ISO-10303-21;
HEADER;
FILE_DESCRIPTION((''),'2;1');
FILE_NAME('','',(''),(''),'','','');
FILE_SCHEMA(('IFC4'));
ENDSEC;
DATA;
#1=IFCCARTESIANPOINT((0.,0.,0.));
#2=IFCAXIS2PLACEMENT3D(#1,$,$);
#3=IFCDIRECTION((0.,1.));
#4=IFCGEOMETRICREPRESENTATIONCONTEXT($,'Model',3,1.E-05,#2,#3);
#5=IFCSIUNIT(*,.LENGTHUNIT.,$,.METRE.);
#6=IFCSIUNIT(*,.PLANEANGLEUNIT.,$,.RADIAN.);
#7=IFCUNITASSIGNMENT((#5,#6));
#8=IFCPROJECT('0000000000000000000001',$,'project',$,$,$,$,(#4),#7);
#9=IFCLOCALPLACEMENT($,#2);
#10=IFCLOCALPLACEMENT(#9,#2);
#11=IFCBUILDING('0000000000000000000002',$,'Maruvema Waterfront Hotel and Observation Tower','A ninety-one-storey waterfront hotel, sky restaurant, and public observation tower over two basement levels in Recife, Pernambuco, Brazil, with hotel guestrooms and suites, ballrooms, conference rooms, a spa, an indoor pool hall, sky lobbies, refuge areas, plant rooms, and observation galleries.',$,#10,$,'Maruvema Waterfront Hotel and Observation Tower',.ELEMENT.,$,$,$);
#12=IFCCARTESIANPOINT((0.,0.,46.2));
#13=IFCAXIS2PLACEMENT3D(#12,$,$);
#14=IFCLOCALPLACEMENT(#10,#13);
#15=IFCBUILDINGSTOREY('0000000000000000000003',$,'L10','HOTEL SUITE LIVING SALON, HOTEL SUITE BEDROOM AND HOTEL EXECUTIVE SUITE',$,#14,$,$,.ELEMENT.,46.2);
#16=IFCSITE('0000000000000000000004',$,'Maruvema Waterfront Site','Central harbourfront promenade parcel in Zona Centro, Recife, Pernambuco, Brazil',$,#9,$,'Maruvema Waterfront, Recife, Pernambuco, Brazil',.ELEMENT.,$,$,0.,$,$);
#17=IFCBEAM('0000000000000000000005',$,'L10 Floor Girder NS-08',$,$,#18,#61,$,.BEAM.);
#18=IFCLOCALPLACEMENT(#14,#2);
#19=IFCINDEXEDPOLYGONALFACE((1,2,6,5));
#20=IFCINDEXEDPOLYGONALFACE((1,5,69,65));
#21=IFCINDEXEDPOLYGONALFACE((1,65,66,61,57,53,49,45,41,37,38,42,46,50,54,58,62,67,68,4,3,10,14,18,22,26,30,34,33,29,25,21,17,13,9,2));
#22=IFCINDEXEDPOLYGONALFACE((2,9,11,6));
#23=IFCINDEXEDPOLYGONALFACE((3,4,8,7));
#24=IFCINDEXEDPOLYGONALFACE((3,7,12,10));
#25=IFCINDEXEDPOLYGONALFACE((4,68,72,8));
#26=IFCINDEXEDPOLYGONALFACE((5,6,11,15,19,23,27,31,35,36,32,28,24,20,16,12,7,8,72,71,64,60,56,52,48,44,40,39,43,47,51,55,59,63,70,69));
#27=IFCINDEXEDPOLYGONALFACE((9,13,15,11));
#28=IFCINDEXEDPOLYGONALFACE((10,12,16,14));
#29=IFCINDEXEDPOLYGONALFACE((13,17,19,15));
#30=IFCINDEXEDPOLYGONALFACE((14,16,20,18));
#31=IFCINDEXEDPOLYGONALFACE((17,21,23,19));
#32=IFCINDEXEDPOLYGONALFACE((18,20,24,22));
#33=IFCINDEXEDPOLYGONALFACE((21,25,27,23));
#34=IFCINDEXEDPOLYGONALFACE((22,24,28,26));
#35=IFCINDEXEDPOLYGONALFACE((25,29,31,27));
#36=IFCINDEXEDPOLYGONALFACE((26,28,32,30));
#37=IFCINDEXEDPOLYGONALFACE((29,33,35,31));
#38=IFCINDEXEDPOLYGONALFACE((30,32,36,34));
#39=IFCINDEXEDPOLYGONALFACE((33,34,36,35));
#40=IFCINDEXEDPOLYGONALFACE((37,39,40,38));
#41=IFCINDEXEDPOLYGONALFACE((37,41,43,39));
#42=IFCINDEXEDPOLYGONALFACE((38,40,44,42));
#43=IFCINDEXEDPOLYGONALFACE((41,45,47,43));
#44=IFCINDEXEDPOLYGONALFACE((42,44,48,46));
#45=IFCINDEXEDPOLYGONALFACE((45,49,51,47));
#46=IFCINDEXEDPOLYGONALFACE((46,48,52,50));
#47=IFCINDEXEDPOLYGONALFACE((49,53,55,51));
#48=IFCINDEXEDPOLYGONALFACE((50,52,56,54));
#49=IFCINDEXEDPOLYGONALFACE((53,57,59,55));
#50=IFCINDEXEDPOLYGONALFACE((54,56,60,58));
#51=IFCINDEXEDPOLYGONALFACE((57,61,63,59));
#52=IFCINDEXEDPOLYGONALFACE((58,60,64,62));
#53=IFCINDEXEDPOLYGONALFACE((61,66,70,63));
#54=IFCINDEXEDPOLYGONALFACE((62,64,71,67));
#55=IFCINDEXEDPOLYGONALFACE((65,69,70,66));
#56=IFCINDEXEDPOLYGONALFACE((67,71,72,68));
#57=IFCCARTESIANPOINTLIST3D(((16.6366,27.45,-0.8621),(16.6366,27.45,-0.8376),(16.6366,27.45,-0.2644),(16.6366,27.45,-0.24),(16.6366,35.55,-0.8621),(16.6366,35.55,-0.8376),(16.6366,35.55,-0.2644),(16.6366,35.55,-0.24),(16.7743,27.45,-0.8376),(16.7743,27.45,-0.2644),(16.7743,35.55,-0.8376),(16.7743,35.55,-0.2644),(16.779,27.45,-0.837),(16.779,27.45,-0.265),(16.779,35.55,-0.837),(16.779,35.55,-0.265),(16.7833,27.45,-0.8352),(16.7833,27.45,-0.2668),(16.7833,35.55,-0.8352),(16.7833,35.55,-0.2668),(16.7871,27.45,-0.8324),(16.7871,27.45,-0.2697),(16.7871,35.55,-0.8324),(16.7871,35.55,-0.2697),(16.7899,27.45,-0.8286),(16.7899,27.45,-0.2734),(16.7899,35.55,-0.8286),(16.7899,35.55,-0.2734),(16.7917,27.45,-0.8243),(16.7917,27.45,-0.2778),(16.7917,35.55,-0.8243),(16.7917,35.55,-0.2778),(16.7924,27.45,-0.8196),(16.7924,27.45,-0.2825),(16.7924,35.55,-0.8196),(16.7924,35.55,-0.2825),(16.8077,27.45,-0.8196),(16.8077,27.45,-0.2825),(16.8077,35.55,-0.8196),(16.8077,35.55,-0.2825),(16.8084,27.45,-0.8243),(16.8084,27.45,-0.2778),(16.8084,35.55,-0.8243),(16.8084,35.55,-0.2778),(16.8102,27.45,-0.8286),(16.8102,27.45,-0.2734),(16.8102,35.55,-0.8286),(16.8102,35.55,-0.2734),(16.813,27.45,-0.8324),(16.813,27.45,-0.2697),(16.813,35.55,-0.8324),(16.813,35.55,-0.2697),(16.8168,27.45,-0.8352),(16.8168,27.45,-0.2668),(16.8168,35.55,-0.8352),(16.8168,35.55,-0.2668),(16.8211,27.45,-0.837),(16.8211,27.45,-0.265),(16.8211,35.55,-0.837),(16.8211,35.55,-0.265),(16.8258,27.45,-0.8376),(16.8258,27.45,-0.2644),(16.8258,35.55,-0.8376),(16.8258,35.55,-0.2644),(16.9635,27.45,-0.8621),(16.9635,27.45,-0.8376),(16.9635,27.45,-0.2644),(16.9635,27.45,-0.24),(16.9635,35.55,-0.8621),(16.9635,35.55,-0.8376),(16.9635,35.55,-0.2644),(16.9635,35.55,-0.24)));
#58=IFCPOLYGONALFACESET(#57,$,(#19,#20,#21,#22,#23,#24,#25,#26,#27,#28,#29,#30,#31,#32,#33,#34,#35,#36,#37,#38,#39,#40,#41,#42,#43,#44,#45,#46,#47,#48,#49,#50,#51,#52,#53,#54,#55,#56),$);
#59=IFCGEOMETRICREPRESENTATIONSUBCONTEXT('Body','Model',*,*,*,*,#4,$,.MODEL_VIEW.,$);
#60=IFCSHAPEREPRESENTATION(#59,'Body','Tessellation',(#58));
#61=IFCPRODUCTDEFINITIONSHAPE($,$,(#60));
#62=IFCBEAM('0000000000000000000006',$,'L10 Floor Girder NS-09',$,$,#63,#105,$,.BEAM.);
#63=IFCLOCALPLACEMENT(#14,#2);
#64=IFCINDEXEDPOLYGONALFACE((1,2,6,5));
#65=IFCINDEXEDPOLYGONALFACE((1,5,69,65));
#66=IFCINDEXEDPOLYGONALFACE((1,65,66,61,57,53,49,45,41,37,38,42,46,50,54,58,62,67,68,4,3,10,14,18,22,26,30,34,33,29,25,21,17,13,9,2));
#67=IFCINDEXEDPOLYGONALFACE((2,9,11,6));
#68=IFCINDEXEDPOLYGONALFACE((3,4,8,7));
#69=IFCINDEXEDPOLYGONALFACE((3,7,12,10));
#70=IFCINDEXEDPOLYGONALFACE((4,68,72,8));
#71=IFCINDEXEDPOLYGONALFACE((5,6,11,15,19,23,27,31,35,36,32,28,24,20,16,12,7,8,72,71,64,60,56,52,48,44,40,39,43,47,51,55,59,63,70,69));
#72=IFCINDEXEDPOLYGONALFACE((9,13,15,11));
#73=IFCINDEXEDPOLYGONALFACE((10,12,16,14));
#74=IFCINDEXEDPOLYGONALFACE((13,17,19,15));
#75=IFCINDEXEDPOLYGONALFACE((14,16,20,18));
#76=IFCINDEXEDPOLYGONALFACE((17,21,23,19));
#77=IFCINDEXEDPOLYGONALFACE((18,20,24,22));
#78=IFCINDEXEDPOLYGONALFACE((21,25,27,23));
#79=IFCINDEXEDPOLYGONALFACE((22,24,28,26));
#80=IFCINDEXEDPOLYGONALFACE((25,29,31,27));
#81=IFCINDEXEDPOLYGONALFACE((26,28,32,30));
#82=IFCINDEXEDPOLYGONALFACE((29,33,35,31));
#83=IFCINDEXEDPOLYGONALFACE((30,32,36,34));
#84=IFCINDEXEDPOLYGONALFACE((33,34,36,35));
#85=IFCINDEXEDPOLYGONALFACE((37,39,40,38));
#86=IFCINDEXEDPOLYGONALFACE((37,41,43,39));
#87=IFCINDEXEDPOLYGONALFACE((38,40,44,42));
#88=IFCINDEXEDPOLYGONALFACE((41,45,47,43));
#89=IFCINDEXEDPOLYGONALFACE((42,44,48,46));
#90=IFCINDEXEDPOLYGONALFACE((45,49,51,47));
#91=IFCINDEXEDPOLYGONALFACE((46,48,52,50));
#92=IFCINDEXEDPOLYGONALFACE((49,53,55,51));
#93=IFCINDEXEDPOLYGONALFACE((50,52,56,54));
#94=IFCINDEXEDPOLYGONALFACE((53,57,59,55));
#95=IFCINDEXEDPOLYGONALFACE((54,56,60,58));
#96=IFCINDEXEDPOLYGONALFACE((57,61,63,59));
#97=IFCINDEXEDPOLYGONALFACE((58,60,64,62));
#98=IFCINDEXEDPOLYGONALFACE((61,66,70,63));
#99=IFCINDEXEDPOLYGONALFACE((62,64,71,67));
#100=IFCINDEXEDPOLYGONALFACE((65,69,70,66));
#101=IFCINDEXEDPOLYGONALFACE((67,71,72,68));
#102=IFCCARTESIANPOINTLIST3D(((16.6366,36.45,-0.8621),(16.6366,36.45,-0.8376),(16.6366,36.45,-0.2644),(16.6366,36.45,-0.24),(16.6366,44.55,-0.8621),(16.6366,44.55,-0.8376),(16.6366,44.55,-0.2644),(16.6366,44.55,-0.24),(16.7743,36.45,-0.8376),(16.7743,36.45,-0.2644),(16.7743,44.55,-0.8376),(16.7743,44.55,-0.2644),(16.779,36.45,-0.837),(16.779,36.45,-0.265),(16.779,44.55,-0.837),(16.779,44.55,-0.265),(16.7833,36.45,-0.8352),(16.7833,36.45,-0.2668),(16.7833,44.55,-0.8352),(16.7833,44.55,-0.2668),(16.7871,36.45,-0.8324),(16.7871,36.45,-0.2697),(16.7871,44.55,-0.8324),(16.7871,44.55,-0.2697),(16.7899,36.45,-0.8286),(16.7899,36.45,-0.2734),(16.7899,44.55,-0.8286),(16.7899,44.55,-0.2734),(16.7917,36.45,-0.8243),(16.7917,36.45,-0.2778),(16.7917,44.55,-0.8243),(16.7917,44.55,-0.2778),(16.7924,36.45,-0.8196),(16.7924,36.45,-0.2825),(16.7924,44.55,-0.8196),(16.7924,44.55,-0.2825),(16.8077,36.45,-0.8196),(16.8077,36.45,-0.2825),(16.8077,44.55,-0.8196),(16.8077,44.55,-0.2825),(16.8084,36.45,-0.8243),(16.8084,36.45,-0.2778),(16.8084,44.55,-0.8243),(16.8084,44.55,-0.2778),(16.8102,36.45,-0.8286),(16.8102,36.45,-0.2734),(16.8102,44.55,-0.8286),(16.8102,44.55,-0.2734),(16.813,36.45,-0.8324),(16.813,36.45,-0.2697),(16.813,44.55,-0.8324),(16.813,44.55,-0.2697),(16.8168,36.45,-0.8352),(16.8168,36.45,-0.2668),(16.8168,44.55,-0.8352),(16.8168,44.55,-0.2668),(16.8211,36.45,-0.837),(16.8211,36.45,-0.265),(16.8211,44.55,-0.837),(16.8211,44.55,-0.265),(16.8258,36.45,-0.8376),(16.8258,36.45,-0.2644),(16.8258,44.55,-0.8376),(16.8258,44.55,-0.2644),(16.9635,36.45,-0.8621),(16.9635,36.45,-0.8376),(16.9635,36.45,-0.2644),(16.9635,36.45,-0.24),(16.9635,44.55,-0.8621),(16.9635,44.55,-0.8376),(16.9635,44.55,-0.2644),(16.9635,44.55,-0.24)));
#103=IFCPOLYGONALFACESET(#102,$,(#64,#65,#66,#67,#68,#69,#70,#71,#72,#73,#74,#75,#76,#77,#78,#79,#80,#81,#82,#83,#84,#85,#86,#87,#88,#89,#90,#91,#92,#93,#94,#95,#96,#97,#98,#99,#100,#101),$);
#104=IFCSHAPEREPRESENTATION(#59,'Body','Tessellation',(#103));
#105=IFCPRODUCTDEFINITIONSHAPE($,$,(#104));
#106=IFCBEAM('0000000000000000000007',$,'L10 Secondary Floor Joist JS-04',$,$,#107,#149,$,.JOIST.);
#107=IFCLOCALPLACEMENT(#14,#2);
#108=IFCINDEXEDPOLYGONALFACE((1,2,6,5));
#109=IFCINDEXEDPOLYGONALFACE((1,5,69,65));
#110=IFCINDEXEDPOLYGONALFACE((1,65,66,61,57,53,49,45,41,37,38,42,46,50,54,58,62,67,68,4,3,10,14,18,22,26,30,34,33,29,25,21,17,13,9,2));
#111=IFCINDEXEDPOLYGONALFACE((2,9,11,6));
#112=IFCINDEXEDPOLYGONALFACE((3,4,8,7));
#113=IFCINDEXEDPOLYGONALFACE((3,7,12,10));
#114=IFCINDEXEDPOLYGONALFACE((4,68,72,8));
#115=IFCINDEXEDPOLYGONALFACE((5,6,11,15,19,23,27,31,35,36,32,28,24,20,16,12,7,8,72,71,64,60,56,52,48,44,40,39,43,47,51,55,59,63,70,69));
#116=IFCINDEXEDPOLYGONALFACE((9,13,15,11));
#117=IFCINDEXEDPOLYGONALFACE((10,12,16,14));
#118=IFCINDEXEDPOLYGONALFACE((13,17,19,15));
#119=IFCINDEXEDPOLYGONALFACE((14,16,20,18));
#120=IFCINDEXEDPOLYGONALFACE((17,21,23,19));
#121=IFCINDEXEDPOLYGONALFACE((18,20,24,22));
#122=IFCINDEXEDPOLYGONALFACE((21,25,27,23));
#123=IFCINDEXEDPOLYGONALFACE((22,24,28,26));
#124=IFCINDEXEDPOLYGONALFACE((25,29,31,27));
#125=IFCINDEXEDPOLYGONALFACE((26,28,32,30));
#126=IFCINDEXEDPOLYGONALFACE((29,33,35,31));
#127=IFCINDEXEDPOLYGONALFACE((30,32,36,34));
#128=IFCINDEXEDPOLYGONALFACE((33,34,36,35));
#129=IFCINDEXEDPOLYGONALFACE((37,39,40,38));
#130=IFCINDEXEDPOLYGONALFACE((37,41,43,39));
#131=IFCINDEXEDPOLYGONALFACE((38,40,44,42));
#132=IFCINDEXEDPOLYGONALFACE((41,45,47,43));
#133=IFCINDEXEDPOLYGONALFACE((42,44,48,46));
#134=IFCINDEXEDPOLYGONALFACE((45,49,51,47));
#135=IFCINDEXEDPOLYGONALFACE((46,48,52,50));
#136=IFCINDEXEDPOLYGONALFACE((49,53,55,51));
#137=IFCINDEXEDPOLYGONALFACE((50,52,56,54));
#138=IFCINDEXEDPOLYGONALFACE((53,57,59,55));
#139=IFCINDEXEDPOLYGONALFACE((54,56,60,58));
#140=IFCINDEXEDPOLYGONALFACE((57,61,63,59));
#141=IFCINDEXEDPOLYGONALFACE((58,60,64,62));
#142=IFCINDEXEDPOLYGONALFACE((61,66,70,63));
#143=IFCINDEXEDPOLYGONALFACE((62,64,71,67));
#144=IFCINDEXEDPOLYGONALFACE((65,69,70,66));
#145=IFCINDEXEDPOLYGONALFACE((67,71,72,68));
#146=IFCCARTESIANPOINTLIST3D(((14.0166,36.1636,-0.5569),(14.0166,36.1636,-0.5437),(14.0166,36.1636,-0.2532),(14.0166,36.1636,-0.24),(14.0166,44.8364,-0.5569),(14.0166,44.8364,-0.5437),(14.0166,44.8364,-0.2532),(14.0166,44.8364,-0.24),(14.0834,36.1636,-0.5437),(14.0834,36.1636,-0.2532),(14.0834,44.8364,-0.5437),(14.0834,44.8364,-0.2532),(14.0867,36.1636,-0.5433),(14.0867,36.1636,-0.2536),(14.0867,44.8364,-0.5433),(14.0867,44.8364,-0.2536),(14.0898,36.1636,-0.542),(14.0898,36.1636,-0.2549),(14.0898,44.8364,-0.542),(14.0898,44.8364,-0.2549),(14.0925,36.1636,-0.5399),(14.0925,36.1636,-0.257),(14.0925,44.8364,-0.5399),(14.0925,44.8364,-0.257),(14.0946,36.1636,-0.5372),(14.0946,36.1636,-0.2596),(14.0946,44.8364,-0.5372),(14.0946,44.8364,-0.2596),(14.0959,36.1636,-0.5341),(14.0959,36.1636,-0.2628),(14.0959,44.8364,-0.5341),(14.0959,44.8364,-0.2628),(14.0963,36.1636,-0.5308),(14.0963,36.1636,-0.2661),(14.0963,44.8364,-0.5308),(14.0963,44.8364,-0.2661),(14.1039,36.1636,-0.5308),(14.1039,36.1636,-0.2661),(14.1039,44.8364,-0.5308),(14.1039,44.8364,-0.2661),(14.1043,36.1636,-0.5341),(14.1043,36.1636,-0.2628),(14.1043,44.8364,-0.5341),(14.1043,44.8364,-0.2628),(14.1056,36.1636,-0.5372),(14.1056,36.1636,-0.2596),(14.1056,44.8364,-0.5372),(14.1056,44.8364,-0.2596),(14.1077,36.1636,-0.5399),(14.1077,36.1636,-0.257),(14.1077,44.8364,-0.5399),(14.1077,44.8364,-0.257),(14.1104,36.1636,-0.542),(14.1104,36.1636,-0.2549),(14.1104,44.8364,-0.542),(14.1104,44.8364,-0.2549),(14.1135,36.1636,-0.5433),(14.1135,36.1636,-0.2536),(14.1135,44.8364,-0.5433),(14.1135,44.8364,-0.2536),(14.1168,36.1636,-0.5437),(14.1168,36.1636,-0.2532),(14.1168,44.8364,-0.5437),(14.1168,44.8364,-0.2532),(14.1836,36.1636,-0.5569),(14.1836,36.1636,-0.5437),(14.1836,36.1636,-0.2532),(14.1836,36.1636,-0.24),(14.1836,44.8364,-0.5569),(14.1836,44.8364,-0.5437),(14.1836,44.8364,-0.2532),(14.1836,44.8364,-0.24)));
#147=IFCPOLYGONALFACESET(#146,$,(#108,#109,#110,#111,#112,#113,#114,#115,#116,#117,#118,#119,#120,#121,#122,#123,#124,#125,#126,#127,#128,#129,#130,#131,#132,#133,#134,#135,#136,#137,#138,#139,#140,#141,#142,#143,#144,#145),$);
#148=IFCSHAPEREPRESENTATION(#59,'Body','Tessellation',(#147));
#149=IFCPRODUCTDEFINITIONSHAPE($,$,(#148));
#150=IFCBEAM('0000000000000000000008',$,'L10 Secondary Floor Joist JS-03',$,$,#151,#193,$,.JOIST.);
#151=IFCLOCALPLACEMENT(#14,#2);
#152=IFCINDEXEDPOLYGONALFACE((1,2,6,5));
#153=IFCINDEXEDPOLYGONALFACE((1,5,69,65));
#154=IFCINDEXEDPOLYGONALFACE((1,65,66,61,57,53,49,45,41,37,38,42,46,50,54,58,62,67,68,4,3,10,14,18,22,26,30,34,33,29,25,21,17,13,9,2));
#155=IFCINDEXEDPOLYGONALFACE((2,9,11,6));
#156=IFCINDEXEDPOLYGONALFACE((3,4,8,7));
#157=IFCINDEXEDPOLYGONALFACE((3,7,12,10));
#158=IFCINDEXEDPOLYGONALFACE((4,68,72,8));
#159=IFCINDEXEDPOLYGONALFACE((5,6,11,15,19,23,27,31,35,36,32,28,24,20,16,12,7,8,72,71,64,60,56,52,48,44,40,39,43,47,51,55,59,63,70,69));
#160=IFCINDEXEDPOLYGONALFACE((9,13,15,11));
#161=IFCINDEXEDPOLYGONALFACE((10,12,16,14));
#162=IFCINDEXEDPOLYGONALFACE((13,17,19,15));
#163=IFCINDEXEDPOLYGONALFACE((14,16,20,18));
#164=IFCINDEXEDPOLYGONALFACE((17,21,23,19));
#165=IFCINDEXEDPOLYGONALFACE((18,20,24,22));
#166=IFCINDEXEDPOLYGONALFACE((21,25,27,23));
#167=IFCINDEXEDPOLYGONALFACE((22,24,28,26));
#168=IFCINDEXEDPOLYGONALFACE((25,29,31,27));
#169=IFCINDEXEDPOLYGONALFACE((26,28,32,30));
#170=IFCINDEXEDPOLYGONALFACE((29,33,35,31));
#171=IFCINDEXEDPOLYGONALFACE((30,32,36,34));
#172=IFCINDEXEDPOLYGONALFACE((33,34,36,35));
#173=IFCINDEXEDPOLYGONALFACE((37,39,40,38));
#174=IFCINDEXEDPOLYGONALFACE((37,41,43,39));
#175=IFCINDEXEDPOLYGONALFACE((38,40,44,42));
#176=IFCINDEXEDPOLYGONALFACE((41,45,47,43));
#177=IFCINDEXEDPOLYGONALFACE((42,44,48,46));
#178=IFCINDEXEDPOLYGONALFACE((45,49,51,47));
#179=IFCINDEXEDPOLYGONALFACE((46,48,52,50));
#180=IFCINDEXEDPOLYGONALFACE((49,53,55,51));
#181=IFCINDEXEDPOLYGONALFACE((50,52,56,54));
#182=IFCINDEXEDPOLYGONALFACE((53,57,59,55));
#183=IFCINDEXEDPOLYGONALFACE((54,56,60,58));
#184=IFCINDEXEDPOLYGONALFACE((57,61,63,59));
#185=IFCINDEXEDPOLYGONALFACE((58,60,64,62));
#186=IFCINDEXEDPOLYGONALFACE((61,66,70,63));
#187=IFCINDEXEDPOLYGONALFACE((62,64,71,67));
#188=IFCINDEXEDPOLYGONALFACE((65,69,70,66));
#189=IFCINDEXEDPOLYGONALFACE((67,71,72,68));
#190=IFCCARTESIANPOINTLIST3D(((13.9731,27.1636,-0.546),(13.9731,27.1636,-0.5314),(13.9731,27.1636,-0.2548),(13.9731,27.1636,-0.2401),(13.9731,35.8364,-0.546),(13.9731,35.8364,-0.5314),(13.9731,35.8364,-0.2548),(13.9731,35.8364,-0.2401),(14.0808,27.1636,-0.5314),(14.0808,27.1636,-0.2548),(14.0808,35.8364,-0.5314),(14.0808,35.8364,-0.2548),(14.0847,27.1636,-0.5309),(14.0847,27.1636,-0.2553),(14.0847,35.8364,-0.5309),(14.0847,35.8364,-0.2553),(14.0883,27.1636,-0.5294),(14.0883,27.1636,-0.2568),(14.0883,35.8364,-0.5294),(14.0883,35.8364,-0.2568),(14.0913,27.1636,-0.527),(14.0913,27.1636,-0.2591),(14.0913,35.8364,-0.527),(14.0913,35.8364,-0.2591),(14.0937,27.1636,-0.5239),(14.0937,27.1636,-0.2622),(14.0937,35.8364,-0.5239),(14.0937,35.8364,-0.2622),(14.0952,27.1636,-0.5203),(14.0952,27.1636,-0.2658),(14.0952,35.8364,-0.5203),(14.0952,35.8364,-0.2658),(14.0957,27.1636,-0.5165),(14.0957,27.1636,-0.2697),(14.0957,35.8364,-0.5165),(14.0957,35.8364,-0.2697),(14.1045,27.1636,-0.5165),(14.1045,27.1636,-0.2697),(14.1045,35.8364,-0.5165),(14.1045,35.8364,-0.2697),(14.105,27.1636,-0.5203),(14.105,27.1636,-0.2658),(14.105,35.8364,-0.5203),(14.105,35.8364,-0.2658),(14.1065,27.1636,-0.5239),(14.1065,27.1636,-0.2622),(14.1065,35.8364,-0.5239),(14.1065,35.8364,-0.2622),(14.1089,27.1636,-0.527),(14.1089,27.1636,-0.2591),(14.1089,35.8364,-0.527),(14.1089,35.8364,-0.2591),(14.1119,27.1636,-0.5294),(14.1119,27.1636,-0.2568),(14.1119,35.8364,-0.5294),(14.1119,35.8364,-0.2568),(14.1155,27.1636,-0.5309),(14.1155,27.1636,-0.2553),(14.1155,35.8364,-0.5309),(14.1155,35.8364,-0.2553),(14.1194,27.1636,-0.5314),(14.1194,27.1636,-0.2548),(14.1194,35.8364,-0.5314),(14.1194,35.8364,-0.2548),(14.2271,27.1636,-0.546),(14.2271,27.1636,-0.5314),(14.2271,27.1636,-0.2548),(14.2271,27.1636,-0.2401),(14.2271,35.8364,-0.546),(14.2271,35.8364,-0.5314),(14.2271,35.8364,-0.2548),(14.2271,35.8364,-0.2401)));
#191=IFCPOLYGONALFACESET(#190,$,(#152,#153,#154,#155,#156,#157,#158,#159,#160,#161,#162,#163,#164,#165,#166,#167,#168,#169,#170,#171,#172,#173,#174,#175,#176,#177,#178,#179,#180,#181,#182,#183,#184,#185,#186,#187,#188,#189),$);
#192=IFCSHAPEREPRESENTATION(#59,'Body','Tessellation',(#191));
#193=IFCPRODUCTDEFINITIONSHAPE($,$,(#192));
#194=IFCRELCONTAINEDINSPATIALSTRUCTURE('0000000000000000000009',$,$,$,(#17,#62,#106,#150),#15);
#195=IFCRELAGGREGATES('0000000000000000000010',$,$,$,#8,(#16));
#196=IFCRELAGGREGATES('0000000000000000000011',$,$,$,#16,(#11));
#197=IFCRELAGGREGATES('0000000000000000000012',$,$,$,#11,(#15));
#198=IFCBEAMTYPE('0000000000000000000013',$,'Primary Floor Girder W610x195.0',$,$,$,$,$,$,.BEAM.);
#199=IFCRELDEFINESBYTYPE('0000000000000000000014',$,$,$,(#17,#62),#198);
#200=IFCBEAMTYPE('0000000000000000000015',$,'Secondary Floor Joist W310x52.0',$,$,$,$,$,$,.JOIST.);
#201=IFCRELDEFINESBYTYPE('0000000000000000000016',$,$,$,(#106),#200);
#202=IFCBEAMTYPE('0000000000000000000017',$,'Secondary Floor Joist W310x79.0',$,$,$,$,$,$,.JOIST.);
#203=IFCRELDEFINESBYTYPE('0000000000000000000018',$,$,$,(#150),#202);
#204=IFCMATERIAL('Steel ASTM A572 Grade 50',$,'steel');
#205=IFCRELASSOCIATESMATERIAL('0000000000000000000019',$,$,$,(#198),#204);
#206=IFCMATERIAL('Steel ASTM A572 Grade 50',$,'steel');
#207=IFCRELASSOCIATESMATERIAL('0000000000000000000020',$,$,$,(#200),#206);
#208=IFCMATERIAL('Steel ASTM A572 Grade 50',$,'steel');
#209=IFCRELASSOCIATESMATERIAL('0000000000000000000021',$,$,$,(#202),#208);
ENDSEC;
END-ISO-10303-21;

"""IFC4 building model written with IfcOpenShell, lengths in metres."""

from ifc_helpers import new_model, si_unit, direction, frame, origin, origin_2d, place, context, subcontext, project, spatial, i_section, extrude, material, material_profile, profile_set, type_object, element, save


model = new_model("IFC4")

# Units and contexts
model_context = context("Model", 3, precision=1e-05, world=origin(), true_north=direction((0.0, 1.0)))
body_context = subcontext(model_context, "Body", "Model", "MODEL_VIEW")
ifc_project = project(units=[si_unit("LENGTHUNIT", "METRE"), si_unit("PLANEANGLEUNIT", "RADIAN")], contexts=[model_context])

# Site, building, storey
site_placement = place(None, origin())
site = spatial("IfcSite", under=ifc_project, at=site_placement, Name="Maruvema Waterfront Site", Description="Central harbourfront promenade parcel in Zona Centro, Recife, Pernambuco, Brazil", LongName="Maruvema Waterfront, Recife, Pernambuco, Brazil", CompositionType="ELEMENT", RefElevation=0.0)
building_placement = place(site_placement, origin())
building = spatial("IfcBuilding", under=site, at=building_placement, Name="Maruvema Waterfront Hotel and Observation Tower", Description="A ninety-one-storey waterfront hotel, sky restaurant, and public observation tower over two basement levels in Recife, Pernambuco, Brazil, with hotel guestrooms and suites, ballrooms, conference rooms, a spa, an indoor pool hall, sky lobbies, refuge areas, plant rooms, and observation galleries.", LongName="Maruvema Waterfront Hotel and Observation Tower", CompositionType="ELEMENT")
storey_placement = place(building_placement, frame((0.0, 0.0, 46.2)))
storey = spatial("IfcBuildingStorey", under=building, at=storey_placement, Name="L10", Description="HOTEL SUITE LIVING SALON, HOTEL SUITE BEDROOM AND HOTEL EXECUTIVE SUITE", CompositionType="ELEMENT", Elevation=46.2)

# Beams
ifc_material_1 = material(Name="Steel ASTM A572 Grade 50", Category="steel")
ifc_material_profile_1 = material_profile(ifc_material_1, i_section(OverallWidth=0.3269, OverallDepth=0.6221, WebThickness=0.0154, FlangeThickness=0.0244, FilletRadius=0.0181, at=origin_2d()), Name="W610x195.0")
ifc_profile_set_1 = profile_set([ifc_material_profile_1], Name="Steel ASTM A572 Grade 50")
beam_type_1 = type_object("IfcBeamType", Name="Primary Floor Girder W610x195.0", PredefinedType="BEAM", material=ifc_profile_set_1)
for number, where, z_axis, x_axis, name in (
    (1, (16.8, 27.45, -0.551), (0.0, 1.0, 0.0), (-1.0, 0.0, 0.0), "L10 Floor Girder NS-08"),
    (2, (16.8, 36.45, -0.551), (0.0, 1.0, 0.0), (-1.0, 0.0, 0.0), "L10 Floor Girder NS-09"),
):
    element("IfcBeam", number, at=place(storey_placement, frame(where, z_axis=z_axis, x_axis=x_axis)), inside=storey, type_object=beam_type_1, Name=name, PredefinedType="BEAM", context=body_context, shape_type="SweptSolid", body=[
        extrude(i_section(OverallWidth=0.3269, OverallDepth=0.6221, WebThickness=0.0154, FlangeThickness=0.0244, FilletRadius=0.0181, at=origin_2d()), origin(), (0.0, 0.0, 1.0), 8.1001),
    ])
ifc_material_2 = material(Name="Steel ASTM A572 Grade 50", Category="steel")
ifc_material_profile_2 = material_profile(ifc_material_2, i_section(OverallWidth=0.167, OverallDepth=0.3169, WebThickness=0.0076, FlangeThickness=0.0132, FilletRadius=0.0129, at=origin_2d()), Name="W310x52.0")
ifc_profile_set_2 = profile_set([ifc_material_profile_2], Name="Steel ASTM A572 Grade 50")
beam_type_2 = type_object("IfcBeamType", Name="Secondary Floor Joist W310x52.0", PredefinedType="JOIST", material=ifc_profile_set_2)
beam_1_placement = place(storey_placement, frame((14.1001, 36.1636, -0.3984), z_axis=(0.0, 1.0, 0.0), x_axis=(-1.0, 0.0, 0.0)))
element("IfcBeam", 3, at=beam_1_placement, inside=storey, type_object=beam_type_2, Name="L10 Secondary Floor Joist JS-04", PredefinedType="JOIST", context=body_context, shape_type="SweptSolid", body=[
    extrude(i_section(OverallWidth=0.167, OverallDepth=0.3169, WebThickness=0.0076, FlangeThickness=0.0132, FilletRadius=0.0129, at=origin_2d()), origin(), (0.0, 0.0, 1.0), 8.6729),
])
ifc_material_3 = material(Name="Steel ASTM A572 Grade 50", Category="steel")
ifc_material_profile_3 = material_profile(ifc_material_3, i_section(OverallWidth=0.2539, OverallDepth=0.3059, WebThickness=0.0088, FlangeThickness=0.0146, FilletRadius=0.0149, at=origin_2d()), Name="W310x79.0")
ifc_profile_set_3 = profile_set([ifc_material_profile_3], Name="Steel ASTM A572 Grade 50")
beam_type_3 = type_object("IfcBeamType", Name="Secondary Floor Joist W310x79.0", PredefinedType="JOIST", material=ifc_profile_set_3)
beam_2_placement = place(storey_placement, frame((14.1001, 27.1636, -0.3931), z_axis=(0.0, 1.0, 0.0), x_axis=(-1.0, 0.0, 0.0)))
element("IfcBeam", 4, at=beam_2_placement, inside=storey, type_object=beam_type_3, Name="L10 Secondary Floor Joist JS-03", PredefinedType="JOIST", context=body_context, shape_type="SweptSolid", body=[
    extrude(i_section(OverallWidth=0.2539, OverallDepth=0.3059, WebThickness=0.0088, FlangeThickness=0.0146, FilletRadius=0.0149, at=origin_2d()), origin(), (0.0, 0.0, 1.0), 8.6729),
])

save(model, "model.ifc")
